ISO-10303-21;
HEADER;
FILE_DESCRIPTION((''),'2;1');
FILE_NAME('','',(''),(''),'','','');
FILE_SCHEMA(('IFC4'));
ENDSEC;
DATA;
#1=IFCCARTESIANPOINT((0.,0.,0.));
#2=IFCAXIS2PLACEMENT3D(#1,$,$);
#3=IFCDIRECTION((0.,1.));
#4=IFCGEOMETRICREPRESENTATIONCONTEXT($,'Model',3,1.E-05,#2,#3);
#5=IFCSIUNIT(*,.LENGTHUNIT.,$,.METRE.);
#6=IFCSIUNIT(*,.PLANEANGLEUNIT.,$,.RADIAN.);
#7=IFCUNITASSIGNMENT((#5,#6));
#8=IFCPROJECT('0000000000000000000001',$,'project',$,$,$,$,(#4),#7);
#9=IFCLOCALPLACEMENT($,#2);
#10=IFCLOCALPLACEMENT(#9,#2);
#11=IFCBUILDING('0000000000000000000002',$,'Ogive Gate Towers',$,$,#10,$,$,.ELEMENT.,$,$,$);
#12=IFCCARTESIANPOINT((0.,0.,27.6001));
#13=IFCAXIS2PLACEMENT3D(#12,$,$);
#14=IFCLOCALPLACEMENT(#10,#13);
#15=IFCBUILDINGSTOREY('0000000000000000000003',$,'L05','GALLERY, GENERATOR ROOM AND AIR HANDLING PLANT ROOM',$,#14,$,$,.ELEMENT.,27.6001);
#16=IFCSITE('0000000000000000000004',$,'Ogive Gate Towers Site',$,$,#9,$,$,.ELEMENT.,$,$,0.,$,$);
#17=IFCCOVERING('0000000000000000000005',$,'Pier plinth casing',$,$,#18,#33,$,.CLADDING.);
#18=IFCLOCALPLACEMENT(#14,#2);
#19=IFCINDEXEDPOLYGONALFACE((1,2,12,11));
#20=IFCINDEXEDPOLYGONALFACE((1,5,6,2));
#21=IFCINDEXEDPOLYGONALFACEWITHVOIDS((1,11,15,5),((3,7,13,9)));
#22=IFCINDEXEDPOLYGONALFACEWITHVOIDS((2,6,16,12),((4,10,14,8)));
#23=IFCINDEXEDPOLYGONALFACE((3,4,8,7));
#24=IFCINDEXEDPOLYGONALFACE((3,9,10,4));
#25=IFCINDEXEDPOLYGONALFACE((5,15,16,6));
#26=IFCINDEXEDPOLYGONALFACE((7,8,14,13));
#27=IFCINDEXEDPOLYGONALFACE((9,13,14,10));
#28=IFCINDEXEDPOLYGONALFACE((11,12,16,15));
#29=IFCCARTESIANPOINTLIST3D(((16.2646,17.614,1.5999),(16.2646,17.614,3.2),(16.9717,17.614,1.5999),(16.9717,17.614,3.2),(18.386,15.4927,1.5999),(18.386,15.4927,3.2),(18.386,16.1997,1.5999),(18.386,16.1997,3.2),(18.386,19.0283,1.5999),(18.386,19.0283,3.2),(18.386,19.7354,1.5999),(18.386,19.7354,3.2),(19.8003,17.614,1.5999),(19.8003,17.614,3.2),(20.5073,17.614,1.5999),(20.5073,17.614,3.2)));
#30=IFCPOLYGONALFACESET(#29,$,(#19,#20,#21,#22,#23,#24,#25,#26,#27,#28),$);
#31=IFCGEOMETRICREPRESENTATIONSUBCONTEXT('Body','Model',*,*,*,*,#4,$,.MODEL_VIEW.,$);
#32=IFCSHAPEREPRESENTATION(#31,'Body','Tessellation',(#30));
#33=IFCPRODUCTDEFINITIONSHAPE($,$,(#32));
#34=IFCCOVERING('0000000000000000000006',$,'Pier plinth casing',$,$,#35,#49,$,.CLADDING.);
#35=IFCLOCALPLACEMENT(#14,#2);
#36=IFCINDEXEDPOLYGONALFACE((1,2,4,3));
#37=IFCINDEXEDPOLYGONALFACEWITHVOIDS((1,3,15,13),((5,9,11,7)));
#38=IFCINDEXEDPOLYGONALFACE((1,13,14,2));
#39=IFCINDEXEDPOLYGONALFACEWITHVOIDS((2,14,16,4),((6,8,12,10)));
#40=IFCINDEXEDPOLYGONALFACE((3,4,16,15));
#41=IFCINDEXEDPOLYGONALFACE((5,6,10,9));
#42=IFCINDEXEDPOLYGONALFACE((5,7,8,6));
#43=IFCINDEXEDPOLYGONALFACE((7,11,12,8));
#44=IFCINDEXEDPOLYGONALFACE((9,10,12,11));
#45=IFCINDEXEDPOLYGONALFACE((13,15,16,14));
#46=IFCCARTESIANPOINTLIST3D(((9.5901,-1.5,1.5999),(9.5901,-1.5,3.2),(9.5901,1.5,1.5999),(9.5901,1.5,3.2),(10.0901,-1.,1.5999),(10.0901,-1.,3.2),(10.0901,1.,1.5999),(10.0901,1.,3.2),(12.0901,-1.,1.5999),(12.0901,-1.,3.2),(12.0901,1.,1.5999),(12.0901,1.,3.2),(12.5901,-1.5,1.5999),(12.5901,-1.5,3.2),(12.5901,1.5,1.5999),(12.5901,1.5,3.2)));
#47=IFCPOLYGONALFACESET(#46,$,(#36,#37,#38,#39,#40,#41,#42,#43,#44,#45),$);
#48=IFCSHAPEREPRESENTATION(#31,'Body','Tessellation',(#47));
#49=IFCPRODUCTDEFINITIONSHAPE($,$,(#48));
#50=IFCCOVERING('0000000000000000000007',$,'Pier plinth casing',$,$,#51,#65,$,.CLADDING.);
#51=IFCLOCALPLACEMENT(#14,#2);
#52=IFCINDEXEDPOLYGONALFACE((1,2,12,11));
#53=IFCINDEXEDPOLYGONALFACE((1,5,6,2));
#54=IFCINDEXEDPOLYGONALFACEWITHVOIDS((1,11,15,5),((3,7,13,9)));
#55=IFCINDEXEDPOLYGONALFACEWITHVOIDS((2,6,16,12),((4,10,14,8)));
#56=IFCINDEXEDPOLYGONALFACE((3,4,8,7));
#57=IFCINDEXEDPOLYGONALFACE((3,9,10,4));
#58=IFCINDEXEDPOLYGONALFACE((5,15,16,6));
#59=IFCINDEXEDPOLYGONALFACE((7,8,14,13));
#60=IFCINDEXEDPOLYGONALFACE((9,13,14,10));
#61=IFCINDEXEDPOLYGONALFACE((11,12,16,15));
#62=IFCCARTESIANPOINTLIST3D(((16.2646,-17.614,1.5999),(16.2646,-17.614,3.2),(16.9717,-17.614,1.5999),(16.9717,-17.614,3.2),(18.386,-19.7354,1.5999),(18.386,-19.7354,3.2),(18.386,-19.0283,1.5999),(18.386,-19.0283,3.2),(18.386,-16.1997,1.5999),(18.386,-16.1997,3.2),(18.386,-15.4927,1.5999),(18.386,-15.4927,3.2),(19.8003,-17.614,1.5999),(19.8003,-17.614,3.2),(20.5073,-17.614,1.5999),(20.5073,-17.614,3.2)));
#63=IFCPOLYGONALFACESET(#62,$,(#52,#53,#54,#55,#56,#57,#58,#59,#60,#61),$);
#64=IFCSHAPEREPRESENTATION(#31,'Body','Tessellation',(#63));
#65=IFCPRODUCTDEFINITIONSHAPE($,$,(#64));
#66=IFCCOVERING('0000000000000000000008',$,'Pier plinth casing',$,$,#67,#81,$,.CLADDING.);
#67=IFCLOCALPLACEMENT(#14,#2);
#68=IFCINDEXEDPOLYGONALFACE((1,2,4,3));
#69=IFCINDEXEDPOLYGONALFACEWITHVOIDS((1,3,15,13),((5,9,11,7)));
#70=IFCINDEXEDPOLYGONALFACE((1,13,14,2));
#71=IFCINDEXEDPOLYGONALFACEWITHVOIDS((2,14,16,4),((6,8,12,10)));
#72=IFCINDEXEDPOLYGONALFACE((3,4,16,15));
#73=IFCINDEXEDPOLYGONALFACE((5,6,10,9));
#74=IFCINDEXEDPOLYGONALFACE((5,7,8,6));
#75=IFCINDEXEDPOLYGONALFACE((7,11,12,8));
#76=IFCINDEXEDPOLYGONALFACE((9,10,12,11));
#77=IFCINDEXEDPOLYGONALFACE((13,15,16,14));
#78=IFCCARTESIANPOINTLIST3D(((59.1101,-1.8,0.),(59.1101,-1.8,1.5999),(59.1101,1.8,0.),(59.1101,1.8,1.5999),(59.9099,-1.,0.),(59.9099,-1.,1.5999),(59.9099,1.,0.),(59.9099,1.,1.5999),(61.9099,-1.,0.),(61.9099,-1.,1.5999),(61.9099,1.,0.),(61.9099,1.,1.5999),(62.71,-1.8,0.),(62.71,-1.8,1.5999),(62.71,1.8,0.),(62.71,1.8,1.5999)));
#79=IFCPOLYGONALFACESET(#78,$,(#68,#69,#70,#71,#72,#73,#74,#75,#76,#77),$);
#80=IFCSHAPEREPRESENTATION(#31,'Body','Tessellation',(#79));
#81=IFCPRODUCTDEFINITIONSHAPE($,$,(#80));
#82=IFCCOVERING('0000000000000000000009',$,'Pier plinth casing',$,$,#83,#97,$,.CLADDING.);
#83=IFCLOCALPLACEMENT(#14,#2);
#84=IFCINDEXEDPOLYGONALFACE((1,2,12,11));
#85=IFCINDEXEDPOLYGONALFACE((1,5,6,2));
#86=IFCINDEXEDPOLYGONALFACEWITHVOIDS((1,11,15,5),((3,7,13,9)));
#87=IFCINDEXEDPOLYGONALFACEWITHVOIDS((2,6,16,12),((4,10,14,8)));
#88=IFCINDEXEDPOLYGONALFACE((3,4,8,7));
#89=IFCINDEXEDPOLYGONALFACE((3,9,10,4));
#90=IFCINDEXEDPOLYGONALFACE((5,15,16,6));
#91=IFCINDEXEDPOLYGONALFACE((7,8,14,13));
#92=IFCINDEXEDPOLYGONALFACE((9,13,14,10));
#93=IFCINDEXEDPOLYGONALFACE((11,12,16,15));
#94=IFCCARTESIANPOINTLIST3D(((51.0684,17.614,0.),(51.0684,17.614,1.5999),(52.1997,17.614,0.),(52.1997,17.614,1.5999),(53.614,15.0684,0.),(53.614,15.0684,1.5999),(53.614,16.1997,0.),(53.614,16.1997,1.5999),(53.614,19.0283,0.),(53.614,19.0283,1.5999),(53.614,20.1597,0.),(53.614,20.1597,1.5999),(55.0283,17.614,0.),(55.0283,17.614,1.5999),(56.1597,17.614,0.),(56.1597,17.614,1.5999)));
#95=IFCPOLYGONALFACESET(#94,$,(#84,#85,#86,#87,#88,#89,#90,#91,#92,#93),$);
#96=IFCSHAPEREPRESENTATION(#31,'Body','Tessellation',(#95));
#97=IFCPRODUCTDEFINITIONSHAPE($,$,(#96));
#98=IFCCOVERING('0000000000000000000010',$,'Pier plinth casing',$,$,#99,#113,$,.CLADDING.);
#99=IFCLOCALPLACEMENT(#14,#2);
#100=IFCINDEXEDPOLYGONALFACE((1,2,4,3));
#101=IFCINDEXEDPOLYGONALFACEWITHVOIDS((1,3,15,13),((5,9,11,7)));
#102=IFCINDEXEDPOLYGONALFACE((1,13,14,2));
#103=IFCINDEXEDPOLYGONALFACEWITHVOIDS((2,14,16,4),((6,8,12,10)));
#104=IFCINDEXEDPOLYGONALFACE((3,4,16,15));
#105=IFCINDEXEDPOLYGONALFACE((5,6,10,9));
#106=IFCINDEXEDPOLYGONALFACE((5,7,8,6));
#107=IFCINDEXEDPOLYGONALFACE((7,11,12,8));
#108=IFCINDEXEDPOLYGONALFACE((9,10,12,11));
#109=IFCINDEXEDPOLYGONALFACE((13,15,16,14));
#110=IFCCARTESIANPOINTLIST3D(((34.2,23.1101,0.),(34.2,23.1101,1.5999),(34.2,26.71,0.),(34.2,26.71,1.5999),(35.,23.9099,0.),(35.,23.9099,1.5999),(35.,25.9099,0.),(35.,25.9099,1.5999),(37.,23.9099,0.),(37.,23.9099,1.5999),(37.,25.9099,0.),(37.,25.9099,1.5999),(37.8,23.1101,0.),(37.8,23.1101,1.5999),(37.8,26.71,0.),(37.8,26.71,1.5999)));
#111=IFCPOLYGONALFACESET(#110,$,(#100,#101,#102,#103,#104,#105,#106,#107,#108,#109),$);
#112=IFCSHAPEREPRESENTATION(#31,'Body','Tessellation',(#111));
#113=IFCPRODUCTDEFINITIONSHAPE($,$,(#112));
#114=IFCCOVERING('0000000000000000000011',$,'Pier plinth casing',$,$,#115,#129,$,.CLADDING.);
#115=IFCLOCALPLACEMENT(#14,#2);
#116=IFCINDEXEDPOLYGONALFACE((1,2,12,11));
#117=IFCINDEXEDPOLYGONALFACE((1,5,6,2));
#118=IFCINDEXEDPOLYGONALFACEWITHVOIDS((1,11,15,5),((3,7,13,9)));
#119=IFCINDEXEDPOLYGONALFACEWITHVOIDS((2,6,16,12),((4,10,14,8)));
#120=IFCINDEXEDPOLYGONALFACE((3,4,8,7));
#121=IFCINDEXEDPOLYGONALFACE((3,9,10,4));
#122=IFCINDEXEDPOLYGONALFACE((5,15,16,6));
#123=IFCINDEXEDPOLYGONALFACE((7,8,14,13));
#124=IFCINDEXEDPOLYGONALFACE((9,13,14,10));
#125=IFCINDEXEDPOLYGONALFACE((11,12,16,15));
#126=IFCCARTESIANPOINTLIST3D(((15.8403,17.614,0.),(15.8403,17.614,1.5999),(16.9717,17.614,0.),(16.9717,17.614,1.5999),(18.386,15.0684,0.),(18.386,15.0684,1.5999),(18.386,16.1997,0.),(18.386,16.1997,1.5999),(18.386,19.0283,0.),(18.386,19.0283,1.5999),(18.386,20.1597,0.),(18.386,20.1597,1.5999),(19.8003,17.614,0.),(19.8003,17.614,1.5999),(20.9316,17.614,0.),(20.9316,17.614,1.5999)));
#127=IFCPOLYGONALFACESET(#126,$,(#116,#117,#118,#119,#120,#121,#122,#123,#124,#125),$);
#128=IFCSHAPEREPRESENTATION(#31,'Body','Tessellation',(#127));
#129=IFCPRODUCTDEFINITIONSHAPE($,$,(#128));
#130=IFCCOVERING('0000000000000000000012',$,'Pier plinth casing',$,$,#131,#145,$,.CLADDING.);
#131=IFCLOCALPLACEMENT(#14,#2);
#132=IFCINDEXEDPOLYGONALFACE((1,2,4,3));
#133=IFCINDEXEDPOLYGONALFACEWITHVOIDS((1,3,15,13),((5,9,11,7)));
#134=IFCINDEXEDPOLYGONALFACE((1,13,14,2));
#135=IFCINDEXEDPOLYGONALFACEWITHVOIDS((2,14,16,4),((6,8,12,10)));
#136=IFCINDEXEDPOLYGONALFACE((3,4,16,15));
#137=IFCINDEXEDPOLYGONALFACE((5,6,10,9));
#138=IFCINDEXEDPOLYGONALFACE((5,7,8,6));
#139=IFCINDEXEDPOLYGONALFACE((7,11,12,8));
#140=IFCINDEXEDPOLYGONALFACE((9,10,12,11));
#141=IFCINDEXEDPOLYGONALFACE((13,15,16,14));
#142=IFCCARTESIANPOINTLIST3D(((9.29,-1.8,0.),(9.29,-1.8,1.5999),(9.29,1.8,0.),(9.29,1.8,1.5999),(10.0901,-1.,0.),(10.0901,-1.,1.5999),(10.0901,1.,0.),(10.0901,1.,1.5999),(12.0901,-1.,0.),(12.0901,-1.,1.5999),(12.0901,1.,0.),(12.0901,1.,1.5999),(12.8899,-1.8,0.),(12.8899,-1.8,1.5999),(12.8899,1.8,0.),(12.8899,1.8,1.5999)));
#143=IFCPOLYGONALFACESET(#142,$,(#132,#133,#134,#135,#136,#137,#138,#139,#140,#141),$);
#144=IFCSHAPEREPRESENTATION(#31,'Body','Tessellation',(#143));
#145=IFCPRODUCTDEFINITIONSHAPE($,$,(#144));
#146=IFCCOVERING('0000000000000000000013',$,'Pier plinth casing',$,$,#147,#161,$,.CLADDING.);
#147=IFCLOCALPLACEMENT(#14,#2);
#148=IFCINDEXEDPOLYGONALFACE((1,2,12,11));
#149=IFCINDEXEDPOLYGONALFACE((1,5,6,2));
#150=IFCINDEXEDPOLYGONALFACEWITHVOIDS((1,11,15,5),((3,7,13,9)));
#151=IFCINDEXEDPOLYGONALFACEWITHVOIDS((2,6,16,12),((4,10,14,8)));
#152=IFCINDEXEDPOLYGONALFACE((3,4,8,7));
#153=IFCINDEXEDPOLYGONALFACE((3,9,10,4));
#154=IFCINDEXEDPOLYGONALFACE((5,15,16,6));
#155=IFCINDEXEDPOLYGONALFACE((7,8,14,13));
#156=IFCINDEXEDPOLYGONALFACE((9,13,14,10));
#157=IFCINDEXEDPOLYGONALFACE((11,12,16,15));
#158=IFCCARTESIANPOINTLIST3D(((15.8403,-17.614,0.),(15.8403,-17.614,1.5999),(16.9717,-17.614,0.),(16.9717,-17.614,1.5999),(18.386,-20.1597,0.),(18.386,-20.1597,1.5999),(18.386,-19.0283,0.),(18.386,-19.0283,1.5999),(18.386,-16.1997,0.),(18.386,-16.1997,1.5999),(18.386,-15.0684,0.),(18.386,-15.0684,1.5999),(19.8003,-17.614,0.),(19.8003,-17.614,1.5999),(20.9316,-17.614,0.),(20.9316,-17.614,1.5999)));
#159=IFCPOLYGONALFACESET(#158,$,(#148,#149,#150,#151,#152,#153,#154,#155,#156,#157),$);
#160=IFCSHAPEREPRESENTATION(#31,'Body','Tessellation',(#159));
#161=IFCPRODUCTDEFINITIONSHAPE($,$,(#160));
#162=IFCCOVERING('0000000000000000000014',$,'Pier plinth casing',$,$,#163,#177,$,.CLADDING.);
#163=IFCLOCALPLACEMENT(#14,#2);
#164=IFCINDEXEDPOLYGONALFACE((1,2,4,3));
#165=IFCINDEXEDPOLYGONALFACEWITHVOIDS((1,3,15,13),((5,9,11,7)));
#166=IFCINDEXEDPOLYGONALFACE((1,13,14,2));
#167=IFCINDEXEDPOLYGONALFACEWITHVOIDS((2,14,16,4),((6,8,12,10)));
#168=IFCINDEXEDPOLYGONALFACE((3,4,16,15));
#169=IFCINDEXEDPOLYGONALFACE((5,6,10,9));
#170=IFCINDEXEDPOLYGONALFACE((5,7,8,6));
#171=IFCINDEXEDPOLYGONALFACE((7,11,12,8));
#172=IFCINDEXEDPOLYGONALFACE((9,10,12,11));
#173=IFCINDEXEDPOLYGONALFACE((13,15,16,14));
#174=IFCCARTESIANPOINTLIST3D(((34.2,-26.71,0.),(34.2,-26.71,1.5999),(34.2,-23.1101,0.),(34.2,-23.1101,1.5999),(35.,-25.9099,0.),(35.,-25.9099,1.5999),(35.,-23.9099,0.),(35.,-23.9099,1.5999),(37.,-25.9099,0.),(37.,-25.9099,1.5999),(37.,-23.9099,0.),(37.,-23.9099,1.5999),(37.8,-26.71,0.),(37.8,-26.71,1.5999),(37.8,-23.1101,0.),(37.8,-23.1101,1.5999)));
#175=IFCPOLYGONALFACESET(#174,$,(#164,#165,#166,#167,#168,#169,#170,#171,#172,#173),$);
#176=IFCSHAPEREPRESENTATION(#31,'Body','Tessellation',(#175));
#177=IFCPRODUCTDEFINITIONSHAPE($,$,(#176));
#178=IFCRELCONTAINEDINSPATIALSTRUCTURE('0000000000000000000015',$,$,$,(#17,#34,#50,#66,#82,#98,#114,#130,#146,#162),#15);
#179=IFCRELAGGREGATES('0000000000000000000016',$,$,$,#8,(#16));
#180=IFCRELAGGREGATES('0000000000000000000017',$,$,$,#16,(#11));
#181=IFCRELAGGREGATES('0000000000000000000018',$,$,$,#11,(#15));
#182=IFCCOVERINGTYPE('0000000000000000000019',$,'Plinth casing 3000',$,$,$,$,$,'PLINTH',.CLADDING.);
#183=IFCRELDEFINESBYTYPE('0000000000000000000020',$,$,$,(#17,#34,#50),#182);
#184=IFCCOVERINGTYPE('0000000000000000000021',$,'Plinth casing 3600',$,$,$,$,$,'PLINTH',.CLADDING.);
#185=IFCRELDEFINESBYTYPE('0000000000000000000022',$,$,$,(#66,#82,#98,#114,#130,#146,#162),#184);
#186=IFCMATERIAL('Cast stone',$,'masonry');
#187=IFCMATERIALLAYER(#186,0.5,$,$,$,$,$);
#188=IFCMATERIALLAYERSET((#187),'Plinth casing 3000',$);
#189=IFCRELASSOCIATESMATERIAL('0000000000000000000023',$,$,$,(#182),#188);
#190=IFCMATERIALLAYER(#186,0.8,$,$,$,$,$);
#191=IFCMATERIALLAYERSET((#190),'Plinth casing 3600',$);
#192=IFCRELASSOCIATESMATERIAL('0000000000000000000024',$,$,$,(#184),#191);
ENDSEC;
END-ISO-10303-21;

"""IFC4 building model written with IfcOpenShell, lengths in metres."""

from ifc_helpers import new_model, si_unit, direction, frame, origin, place, context, subcontext, project, spatial, polyline, outline, extrude, material, layer, layer_set, type_object, element, save


model = new_model("IFC4")

# Units and contexts
model_context = context("Model", 3, precision=1e-05, world=origin(), true_north=direction((0.0, 1.0)))
body_context = subcontext(model_context, "Body", "Model", "MODEL_VIEW")
ifc_project = project(units=[si_unit("LENGTHUNIT", "METRE"), si_unit("PLANEANGLEUNIT", "RADIAN")], contexts=[model_context])

# Site, building, storey
site_placement = place(None, origin())
site = spatial("IfcSite", under=ifc_project, at=site_placement, Name="Ogive Gate Towers Site", CompositionType="ELEMENT", RefElevation=0.0)
building_placement = place(site_placement, origin())
building = spatial("IfcBuilding", under=site, at=building_placement, Name="Ogive Gate Towers", CompositionType="ELEMENT")
storey_placement = place(building_placement, frame((0.0, 0.0, 27.6001)))
storey = spatial("IfcBuildingStorey", under=building, at=storey_placement, Name="L05", Description="GALLERY, GENERATOR ROOM AND AIR HANDLING PLANT ROOM", CompositionType="ELEMENT", Elevation=27.6001)

# Coverings
ifc_material_1 = material(Name="Cast stone", Category="masonry")
ifc_layer_1 = layer(ifc_material_1, 0.5)
ifc_layer_set_1 = layer_set([ifc_layer_1], Name="Plinth casing 3000")
covering_type_1 = type_object("IfcCoveringType", Name="Plinth casing 3000", ElementType="PLINTH", PredefinedType="CLADDING", material=ifc_layer_set_1)
covering_1_placement = place(storey_placement, frame((0.0, 0.0, 1.5999)))
element("IfcCovering", 1, at=covering_1_placement, inside=storey, type_object=covering_type_1, Name="Pier plinth casing", PredefinedType="CLADDING", context=body_context, shape_type="SweptSolid", body=[
    extrude(outline(polyline([(20.5073, 17.614), (18.386, 19.7354), (16.2646, 17.614), (18.386, 15.4927), (20.5073, 17.614)]), holes=[polyline([(19.8003, 17.614), (18.386, 16.1997), (16.9717, 17.614), (18.386, 19.0283), (19.8003, 17.614)])]), origin(), (0.0, 0.0, 1.0), 1.6001),
])
covering_2_placement = place(storey_placement, frame((0.0, 0.0, 1.5999)))
element("IfcCovering", 2, at=covering_2_placement, inside=storey, type_object=covering_type_1, Name="Pier plinth casing", PredefinedType="CLADDING", context=body_context, shape_type="SweptSolid", body=[
    extrude(outline(polyline([(12.5901, 1.5), (9.5901, 1.5), (9.5901, -1.5), (12.5901, -1.5), (12.5901, 1.5)]), holes=[polyline([(12.0901, 1.0), (12.0901, -1.0), (10.0901, -1.0), (10.0901, 1.0), (12.0901, 1.0)])]), origin(), (0.0, 0.0, 1.0), 1.6001),
])
covering_3_placement = place(storey_placement, frame((0.0, 0.0, 1.5999)))
element("IfcCovering", 3, at=covering_3_placement, inside=storey, type_object=covering_type_1, Name="Pier plinth casing", PredefinedType="CLADDING", context=body_context, shape_type="SweptSolid", body=[
    extrude(outline(polyline([(18.386, -15.4927), (16.2646, -17.614), (18.386, -19.7354), (20.5073, -17.614), (18.386, -15.4927)]), holes=[polyline([(18.386, -16.1997), (19.8003, -17.614), (18.386, -19.0283), (16.9717, -17.614), (18.386, -16.1997)])]), origin(), (0.0, 0.0, 1.0), 1.6001),
])
ifc_layer_2 = layer(ifc_material_1, 0.8)
ifc_layer_set_2 = layer_set([ifc_layer_2], Name="Plinth casing 3600")
covering_type_2 = type_object("IfcCoveringType", Name="Plinth casing 3600", ElementType="PLINTH", PredefinedType="CLADDING", material=ifc_layer_set_2)
covering_4_placement = place(storey_placement, origin())
element("IfcCovering", 4, at=covering_4_placement, inside=storey, type_object=covering_type_2, Name="Pier plinth casing", PredefinedType="CLADDING", context=body_context, shape_type="SweptSolid", body=[
    extrude(outline(polyline([(59.1101, -1.8), (62.71, -1.8), (62.71, 1.8), (59.1101, 1.8), (59.1101, -1.8)]), holes=[polyline([(59.9099, -1.0), (59.9099, 1.0), (61.9099, 1.0), (61.9099, -1.0), (59.9099, -1.0)])]), origin(), (0.0, 0.0, 1.0), 1.5999),
])
covering_5_placement = place(storey_placement, origin())
element("IfcCovering", 5, at=covering_5_placement, inside=storey, type_object=covering_type_2, Name="Pier plinth casing", PredefinedType="CLADDING", context=body_context, shape_type="SweptSolid", body=[
    extrude(outline(polyline([(53.614, 15.0684), (56.1597, 17.614), (53.614, 20.1597), (51.0684, 17.614), (53.614, 15.0684)]), holes=[polyline([(53.614, 16.1997), (52.1997, 17.614), (53.614, 19.0283), (55.0283, 17.614), (53.614, 16.1997)])]), origin(), (0.0, 0.0, 1.0), 1.5999),
])
covering_6_placement = place(storey_placement, origin())
element("IfcCovering", 6, at=covering_6_placement, inside=storey, type_object=covering_type_2, Name="Pier plinth casing", PredefinedType="CLADDING", context=body_context, shape_type="SweptSolid", body=[
    extrude(outline(polyline([(37.8, 23.1101), (37.8, 26.71), (34.2, 26.71), (34.2, 23.1101), (37.8, 23.1101)]), holes=[polyline([(37.0, 23.9099), (35.0, 23.9099), (35.0, 25.9099), (37.0, 25.9099), (37.0, 23.9099)])]), origin(), (0.0, 0.0, 1.0), 1.5999),
])
covering_7_placement = place(storey_placement, origin())
element("IfcCovering", 7, at=covering_7_placement, inside=storey, type_object=covering_type_2, Name="Pier plinth casing", PredefinedType="CLADDING", context=body_context, shape_type="SweptSolid", body=[
    extrude(outline(polyline([(20.9316, 17.614), (18.386, 20.1597), (15.8403, 17.614), (18.386, 15.0684), (20.9316, 17.614)]), holes=[polyline([(19.8003, 17.614), (18.386, 16.1997), (16.9717, 17.614), (18.386, 19.0283), (19.8003, 17.614)])]), origin(), (0.0, 0.0, 1.0), 1.5999),
])
covering_8_placement = place(storey_placement, origin())
element("IfcCovering", 8, at=covering_8_placement, inside=storey, type_object=covering_type_2, Name="Pier plinth casing", PredefinedType="CLADDING", context=body_context, shape_type="SweptSolid", body=[
    extrude(outline(polyline([(12.8899, 1.8), (9.29, 1.8), (9.29, -1.8), (12.8899, -1.8), (12.8899, 1.8)]), holes=[polyline([(12.0901, 1.0), (12.0901, -1.0), (10.0901, -1.0), (10.0901, 1.0), (12.0901, 1.0)])]), origin(), (0.0, 0.0, 1.0), 1.5999),
])
covering_9_placement = place(storey_placement, origin())
element("IfcCovering", 9, at=covering_9_placement, inside=storey, type_object=covering_type_2, Name="Pier plinth casing", PredefinedType="CLADDING", context=body_context, shape_type="SweptSolid", body=[
    extrude(outline(polyline([(18.386, -15.0684), (15.8403, -17.614), (18.386, -20.1597), (20.9316, -17.614), (18.386, -15.0684)]), holes=[polyline([(18.386, -16.1997), (19.8003, -17.614), (18.386, -19.0283), (16.9717, -17.614), (18.386, -16.1997)])]), origin(), (0.0, 0.0, 1.0), 1.5999),
])
covering_10_placement = place(storey_placement, origin())
element("IfcCovering", 10, at=covering_10_placement, inside=storey, type_object=covering_type_2, Name="Pier plinth casing", PredefinedType="CLADDING", context=body_context, shape_type="SweptSolid", body=[
    extrude(outline(polyline([(34.2, -23.1101), (34.2, -26.71), (37.8, -26.71), (37.8, -23.1101), (34.2, -23.1101)]), holes=[polyline([(35.0, -23.9099), (37.0, -23.9099), (37.0, -25.9099), (35.0, -25.9099), (35.0, -23.9099)])]), origin(), (0.0, 0.0, 1.0), 1.5999),
])

save(model, "model.ifc")
